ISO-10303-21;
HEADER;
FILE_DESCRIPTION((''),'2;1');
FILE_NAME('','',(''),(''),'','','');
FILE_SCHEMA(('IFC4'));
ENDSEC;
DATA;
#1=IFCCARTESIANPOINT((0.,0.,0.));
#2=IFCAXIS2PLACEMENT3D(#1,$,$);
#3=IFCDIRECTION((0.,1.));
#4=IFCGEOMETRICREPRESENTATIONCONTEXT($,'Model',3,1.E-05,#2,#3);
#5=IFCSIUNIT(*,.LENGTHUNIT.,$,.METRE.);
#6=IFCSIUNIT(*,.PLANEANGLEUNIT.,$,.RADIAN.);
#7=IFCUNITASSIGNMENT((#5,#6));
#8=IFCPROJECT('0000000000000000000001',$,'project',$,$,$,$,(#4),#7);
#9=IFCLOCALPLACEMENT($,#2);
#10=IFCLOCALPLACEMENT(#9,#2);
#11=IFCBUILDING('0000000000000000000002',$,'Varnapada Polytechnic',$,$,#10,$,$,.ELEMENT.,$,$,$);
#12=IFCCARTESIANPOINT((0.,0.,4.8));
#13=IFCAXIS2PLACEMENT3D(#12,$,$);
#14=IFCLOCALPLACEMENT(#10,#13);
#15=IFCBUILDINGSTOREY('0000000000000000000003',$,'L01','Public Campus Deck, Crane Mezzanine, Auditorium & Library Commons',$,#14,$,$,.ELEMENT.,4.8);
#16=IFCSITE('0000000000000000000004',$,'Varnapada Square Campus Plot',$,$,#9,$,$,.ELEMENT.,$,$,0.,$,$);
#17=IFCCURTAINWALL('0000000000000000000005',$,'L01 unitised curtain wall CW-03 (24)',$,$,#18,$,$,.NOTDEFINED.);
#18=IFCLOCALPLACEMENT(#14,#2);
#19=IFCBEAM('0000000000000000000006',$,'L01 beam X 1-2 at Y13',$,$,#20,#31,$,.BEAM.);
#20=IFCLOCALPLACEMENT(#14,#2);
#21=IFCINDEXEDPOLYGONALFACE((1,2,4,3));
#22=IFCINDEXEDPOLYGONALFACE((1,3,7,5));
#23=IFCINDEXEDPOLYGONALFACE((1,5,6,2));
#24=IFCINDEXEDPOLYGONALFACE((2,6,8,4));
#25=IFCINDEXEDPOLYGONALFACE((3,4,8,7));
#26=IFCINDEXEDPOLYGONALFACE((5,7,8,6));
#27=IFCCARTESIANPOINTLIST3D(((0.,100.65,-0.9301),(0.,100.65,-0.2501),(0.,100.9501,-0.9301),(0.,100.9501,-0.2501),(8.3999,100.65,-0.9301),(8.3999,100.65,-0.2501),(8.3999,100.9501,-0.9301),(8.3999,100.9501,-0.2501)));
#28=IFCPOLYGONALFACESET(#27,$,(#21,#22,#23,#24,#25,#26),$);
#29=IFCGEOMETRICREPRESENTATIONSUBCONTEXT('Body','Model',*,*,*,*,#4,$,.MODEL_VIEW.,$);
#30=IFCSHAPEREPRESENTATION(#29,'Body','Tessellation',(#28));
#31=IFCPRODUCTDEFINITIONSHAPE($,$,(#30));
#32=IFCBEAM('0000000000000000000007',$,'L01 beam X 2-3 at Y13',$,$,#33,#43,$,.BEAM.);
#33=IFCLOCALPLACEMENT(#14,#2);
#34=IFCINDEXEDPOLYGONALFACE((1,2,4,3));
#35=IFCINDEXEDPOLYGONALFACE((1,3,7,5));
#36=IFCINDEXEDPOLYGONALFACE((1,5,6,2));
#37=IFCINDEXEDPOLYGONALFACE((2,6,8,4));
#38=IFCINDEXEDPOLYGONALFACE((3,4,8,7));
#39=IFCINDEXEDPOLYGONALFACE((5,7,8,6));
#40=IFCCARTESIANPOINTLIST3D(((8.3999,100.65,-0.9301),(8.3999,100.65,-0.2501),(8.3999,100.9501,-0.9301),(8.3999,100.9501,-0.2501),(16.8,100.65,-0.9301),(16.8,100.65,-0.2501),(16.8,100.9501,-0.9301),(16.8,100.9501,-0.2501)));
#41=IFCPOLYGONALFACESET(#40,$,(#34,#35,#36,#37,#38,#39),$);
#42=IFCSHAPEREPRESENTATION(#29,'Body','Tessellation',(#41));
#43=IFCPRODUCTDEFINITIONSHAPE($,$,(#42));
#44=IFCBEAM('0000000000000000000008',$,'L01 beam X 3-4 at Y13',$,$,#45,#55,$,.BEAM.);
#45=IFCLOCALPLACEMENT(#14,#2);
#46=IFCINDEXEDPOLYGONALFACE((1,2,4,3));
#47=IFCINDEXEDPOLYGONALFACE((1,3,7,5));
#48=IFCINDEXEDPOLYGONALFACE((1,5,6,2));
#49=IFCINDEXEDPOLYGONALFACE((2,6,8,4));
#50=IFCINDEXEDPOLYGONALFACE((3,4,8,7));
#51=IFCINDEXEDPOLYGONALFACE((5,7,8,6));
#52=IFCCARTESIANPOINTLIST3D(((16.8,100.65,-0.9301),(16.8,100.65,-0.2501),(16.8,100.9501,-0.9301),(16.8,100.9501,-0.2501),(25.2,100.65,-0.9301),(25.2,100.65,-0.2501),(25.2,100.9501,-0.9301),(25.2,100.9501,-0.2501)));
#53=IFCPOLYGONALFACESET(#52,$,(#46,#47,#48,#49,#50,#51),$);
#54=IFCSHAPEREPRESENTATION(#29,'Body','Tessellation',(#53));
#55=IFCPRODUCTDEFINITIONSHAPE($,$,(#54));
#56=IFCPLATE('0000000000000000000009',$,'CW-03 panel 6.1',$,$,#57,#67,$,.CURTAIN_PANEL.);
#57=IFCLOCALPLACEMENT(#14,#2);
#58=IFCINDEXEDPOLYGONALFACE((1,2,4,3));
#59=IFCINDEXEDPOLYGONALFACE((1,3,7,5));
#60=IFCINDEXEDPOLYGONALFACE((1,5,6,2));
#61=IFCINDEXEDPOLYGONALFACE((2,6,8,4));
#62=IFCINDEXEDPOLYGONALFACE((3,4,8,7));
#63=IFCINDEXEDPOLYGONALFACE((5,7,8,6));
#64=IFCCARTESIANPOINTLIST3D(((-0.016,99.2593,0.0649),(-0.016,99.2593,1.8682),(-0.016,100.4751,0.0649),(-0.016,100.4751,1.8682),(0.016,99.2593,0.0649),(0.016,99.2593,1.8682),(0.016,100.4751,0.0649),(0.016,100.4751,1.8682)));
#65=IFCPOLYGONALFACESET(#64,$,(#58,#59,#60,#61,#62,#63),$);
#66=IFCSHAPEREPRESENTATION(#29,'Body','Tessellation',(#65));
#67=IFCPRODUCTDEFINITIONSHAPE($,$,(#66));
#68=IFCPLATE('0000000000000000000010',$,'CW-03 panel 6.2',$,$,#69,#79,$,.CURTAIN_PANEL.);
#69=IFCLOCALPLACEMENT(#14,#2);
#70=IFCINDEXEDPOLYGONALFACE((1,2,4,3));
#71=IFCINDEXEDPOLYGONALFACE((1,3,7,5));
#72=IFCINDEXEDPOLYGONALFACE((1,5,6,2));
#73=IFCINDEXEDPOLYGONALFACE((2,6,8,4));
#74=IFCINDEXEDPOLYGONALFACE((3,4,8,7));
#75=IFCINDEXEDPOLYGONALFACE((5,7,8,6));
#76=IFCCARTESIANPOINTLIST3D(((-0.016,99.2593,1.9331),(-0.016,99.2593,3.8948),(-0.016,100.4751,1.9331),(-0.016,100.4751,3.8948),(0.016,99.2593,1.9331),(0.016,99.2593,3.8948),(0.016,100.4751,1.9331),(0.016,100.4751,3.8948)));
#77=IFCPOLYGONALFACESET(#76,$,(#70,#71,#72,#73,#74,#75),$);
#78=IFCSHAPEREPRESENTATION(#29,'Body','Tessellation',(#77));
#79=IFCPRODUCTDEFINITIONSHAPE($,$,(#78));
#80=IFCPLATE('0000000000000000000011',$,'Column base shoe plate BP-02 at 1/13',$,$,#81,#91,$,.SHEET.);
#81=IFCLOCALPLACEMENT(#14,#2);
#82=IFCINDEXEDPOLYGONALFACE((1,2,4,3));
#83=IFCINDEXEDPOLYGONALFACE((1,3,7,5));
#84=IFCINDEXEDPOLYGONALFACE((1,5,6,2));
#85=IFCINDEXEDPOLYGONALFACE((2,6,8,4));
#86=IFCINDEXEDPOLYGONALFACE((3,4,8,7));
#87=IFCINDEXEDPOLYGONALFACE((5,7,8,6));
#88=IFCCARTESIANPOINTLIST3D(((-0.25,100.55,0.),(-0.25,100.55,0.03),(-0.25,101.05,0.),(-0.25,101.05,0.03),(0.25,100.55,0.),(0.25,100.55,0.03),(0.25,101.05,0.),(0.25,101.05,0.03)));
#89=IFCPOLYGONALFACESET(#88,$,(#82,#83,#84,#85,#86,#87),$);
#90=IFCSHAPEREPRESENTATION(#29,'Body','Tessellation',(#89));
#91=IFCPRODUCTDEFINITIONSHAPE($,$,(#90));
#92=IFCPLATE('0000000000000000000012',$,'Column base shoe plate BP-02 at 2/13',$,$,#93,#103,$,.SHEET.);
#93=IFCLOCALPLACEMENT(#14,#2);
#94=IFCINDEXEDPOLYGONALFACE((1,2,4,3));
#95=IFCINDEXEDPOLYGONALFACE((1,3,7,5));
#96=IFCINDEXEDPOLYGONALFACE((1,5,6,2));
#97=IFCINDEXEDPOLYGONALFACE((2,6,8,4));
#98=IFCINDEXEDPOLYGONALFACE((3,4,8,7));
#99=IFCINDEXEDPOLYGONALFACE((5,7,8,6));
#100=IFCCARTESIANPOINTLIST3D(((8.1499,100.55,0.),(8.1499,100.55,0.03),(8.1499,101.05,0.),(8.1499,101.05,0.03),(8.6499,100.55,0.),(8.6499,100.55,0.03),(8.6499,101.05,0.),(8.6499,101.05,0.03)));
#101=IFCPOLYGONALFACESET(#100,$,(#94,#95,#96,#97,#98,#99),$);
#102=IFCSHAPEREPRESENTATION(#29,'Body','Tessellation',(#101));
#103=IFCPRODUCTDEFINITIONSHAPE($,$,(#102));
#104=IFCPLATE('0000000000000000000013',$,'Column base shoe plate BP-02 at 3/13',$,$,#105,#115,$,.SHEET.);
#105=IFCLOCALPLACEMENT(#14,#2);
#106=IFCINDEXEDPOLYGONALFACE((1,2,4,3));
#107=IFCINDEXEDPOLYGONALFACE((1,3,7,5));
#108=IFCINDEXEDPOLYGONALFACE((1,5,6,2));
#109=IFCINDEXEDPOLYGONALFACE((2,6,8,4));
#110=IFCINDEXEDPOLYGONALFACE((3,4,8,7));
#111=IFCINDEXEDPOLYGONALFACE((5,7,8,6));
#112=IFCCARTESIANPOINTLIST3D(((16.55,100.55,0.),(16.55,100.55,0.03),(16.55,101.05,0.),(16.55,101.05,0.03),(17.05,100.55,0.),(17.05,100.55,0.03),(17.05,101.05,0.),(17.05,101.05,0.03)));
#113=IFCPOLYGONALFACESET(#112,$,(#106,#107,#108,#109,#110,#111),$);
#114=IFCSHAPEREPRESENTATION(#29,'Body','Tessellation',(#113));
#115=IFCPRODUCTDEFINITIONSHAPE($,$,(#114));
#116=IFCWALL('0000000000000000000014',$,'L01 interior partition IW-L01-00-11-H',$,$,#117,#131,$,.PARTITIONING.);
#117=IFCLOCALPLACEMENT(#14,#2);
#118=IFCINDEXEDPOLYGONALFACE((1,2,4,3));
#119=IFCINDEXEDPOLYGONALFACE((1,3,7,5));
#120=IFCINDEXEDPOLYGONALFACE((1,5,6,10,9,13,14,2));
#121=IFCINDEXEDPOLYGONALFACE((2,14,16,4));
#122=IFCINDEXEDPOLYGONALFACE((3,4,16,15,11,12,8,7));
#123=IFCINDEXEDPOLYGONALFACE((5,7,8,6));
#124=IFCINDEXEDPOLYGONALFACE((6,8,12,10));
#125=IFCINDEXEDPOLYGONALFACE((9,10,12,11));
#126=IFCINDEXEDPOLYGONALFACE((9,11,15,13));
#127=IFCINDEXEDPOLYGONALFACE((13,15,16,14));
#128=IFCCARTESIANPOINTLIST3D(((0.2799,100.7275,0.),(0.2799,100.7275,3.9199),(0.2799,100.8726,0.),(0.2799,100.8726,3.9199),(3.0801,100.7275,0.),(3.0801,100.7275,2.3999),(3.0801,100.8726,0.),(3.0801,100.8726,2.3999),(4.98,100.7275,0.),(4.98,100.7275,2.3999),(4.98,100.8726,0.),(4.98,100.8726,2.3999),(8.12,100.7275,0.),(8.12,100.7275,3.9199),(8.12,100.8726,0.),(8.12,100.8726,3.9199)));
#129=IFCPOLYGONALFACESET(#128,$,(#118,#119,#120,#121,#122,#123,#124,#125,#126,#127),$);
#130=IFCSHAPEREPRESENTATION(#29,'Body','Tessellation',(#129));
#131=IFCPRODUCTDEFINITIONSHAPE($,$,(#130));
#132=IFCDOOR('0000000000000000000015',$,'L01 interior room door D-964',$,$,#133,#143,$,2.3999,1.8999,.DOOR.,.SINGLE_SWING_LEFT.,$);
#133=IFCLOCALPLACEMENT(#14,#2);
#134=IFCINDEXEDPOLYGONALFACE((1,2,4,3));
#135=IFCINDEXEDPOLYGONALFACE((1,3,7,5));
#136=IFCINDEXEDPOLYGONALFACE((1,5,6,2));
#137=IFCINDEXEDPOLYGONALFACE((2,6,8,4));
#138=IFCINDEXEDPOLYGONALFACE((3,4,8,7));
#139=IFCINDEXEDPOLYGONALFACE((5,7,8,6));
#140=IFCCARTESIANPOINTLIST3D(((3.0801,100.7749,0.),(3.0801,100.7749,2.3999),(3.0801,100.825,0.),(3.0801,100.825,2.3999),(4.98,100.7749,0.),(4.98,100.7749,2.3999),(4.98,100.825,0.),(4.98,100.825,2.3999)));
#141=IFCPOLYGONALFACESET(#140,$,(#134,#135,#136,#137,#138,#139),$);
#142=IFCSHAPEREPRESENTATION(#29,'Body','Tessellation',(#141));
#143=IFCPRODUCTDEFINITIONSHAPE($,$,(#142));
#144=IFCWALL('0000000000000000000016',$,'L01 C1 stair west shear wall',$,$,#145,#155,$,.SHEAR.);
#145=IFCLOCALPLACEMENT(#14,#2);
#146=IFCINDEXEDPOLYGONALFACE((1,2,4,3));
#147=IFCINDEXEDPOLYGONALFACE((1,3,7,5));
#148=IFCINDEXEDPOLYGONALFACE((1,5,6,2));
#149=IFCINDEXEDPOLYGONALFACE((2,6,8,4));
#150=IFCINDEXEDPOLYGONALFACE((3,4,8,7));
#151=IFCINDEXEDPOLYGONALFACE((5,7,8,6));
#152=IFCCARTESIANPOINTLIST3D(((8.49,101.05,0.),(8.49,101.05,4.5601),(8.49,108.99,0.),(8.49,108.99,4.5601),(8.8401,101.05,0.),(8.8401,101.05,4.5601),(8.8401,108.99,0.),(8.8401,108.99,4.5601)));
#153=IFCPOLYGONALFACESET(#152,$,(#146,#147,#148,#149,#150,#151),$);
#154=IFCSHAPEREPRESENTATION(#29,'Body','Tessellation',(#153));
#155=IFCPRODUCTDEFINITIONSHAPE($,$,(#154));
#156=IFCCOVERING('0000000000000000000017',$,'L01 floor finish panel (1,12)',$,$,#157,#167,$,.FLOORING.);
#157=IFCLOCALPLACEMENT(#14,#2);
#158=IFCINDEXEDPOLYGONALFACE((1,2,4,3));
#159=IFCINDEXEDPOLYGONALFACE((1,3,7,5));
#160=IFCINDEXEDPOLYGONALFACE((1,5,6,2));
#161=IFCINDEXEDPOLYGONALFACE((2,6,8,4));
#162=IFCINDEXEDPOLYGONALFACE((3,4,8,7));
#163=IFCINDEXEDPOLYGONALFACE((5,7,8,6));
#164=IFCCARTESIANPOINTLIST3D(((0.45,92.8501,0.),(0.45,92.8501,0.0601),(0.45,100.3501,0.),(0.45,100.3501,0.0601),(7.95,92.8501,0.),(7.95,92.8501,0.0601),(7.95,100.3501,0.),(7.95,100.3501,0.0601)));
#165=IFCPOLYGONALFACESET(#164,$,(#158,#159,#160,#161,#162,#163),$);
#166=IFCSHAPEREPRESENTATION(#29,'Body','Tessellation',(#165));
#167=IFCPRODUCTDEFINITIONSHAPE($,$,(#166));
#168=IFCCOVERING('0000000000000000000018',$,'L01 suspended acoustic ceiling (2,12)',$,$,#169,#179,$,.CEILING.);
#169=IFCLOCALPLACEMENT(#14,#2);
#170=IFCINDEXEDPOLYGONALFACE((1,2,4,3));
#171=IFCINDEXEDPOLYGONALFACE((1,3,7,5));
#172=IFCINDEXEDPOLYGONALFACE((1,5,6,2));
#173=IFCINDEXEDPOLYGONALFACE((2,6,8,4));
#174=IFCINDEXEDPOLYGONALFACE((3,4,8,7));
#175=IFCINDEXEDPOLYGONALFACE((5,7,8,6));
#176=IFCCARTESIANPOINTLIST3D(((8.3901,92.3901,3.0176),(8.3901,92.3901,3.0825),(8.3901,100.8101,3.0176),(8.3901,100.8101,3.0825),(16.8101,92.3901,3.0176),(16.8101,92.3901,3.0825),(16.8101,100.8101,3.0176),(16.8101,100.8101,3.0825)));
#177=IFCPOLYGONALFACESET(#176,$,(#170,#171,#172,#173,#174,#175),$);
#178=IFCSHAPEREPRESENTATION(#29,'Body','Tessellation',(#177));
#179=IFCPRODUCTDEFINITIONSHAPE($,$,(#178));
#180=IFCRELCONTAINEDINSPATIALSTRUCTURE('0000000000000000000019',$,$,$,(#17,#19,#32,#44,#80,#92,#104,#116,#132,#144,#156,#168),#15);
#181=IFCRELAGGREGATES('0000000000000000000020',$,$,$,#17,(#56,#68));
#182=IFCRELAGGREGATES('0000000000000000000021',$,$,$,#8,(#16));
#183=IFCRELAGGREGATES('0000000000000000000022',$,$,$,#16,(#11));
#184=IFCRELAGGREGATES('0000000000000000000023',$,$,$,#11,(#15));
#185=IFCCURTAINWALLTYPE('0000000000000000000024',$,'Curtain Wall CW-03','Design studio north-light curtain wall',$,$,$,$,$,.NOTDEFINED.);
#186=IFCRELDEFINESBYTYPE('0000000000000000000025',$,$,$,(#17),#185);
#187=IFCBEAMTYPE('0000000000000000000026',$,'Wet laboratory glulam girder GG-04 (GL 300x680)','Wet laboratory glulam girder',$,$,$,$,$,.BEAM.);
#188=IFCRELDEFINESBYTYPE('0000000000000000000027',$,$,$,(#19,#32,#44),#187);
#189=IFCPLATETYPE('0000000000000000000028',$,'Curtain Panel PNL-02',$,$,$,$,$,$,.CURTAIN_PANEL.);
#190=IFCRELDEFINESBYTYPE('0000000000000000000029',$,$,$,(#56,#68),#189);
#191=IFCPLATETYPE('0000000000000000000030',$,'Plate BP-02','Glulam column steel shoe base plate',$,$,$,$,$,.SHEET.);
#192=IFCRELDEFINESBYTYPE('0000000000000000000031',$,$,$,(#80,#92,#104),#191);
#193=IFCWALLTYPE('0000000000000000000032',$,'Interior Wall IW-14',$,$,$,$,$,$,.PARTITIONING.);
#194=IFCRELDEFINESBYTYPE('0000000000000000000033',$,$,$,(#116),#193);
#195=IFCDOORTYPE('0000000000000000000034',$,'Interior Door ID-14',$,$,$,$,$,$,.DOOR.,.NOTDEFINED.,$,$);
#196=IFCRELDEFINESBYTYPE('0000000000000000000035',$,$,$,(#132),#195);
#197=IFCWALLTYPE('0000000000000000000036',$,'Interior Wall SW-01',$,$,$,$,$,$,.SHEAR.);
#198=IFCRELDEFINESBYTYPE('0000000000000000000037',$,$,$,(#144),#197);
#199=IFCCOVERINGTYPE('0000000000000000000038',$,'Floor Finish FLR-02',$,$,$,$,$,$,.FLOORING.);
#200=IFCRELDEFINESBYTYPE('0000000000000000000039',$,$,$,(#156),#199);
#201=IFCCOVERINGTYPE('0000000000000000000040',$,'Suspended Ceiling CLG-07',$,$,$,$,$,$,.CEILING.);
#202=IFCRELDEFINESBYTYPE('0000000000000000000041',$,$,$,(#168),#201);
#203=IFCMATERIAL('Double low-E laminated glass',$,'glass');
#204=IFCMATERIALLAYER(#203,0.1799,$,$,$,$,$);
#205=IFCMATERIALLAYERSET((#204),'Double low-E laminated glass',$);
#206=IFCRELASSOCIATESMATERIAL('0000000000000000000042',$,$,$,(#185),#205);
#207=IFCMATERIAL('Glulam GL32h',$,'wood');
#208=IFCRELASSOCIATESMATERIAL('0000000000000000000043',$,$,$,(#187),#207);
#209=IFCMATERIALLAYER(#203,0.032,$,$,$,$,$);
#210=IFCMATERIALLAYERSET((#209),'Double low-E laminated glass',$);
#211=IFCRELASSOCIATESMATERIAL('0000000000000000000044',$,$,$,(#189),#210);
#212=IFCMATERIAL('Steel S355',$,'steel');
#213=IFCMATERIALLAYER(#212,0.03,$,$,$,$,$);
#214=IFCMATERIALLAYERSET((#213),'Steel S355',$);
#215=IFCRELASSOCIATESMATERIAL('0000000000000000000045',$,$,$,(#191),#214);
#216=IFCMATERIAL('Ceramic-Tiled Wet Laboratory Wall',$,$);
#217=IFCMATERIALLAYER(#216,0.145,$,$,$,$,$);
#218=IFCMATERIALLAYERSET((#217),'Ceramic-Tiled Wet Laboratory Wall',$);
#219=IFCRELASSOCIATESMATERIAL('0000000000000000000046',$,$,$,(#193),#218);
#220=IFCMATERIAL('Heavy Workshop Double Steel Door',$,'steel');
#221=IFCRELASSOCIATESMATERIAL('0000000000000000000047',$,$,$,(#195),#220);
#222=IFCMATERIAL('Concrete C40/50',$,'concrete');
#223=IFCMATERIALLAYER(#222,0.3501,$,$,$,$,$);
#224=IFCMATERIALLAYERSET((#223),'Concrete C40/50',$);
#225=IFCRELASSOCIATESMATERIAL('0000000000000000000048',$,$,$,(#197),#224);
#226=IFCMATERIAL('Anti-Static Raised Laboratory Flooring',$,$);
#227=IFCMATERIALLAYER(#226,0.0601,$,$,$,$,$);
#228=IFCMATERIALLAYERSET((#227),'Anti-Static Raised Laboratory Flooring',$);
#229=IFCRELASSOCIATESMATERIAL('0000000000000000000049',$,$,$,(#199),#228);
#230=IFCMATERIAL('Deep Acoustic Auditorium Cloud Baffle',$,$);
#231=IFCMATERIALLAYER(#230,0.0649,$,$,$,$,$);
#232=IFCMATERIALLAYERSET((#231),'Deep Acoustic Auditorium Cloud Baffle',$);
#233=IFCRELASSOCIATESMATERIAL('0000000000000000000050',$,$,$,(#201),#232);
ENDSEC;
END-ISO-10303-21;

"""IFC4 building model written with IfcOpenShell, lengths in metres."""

from ifc_helpers import new_model, si_unit, direction, frame, frame_2d, origin, origin_2d, place, context, subcontext, project, spatial, rectangle, extrude, material, layer, layer_set, material_profile, profile_set, type_object, element, fill, aggregate, save


model = new_model("IFC4")

# Units and contexts
model_context = context("Model", 3, precision=1e-05, world=origin(), true_north=direction((0.0, 1.0)))
body_context = subcontext(model_context, "Body", "Model", "MODEL_VIEW")
ifc_project = project(units=[si_unit("LENGTHUNIT", "METRE"), si_unit("PLANEANGLEUNIT", "RADIAN")], contexts=[model_context])

# Site, building, storey
site_placement = place(None, origin())
site = spatial("IfcSite", under=ifc_project, at=site_placement, Name="Varnapada Square Campus Plot", CompositionType="ELEMENT", RefElevation=0.0)
building_placement = place(site_placement, origin())
building = spatial("IfcBuilding", under=site, at=building_placement, Name="Varnapada Polytechnic", CompositionType="ELEMENT")
storey_placement = place(building_placement, frame((0.0, 0.0, 4.8)))
storey = spatial("IfcBuildingStorey", under=building, at=storey_placement, Name="L01", Description="Public Campus Deck, Crane Mezzanine, Auditorium & Library Commons", CompositionType="ELEMENT", Elevation=4.8)

# Shared definitions
ifc_material_1 = material(Name="Glulam GL32h", Category="wood")

# Curtain wall
ifc_material_2 = material(Name="Double low-E laminated glass", Category="glass")
ifc_layer_1 = layer(ifc_material_2, 0.1799)
ifc_layer_set_1 = layer_set([ifc_layer_1], Name="Double low-E laminated glass")
curtain_wall_type = type_object("IfcCurtainWallType", Name="Curtain Wall CW-03", Description="Design studio north-light curtain wall", PredefinedType="NOTDEFINED", material=ifc_layer_set_1)
curtain_wall_placement = place(storey_placement, origin())
curtain_wall = element("IfcCurtainWall", 1, at=curtain_wall_placement, inside=storey, type_object=curtain_wall_type, Name="L01 unitised curtain wall CW-03 (24)", PredefinedType="NOTDEFINED")

# Beams
ifc_material_profile_1 = material_profile(ifc_material_1, rectangle(XDim=0.3, YDim=0.6799, at=origin_2d()), Name="GL 300x680")
ifc_profile_set_1 = profile_set([ifc_material_profile_1], Name="Glulam GL32h")
beam_type_1 = type_object("IfcBeamType", Name="Wet laboratory glulam girder GG-04 (GL 300x680)", Description="Wet laboratory glulam girder", PredefinedType="BEAM", material=ifc_profile_set_1)
beam_1_placement = place(storey_placement, frame((0.0, 100.8, -0.5901), z_axis=(1.0, 0.0, 0.0), x_axis=(0.0, 1.0, 0.0)))
element("IfcBeam", 2, at=beam_1_placement, inside=storey, type_object=beam_type_1, Name="L01 beam X 1-2 at Y13", PredefinedType="BEAM", context=body_context, shape_type="SweptSolid", body=[
    extrude(rectangle(XDim=0.3, YDim=0.6799, at=origin_2d()), origin(), (0.0, 0.0, 1.0), 8.3999),
])
beam_2_placement = place(storey_placement, frame((8.3999, 100.8, -0.5901), z_axis=(1.0, 0.0, 0.0), x_axis=(0.0, 1.0, 0.0)))
element("IfcBeam", 3, at=beam_2_placement, inside=storey, type_object=beam_type_1, Name="L01 beam X 2-3 at Y13", PredefinedType="BEAM", context=body_context, shape_type="SweptSolid", body=[
    extrude(rectangle(XDim=0.3, YDim=0.6799, at=origin_2d()), origin(), (0.0, 0.0, 1.0), 8.4001),
])
beam_3_placement = place(storey_placement, frame((16.8, 100.8, -0.5901), z_axis=(1.0, 0.0, 0.0), x_axis=(0.0, 1.0, 0.0)))
element("IfcBeam", 4, at=beam_3_placement, inside=storey, type_object=beam_type_1, Name="L01 beam X 3-4 at Y13", PredefinedType="BEAM", context=body_context, shape_type="SweptSolid", body=[
    extrude(rectangle(XDim=0.3, YDim=0.6799, at=origin_2d()), origin(), (0.0, 0.0, 1.0), 8.3999),
])

# Plates
ifc_layer_2 = layer(ifc_material_2, 0.032)
ifc_layer_set_2 = layer_set([ifc_layer_2], Name="Double low-E laminated glass")
plate_type_1 = type_object("IfcPlateType", Name="Curtain Panel PNL-02", PredefinedType="CURTAIN_PANEL", material=ifc_layer_set_2)
plate_1_placement = place(storey_placement, frame((0.0, 99.8672, 0.0649), z_axis=(0.0, 0.0, 1.0), x_axis=(0.0, 1.0, 0.0)))
plate_1 = element("IfcPlate", 5, at=plate_1_placement, type_object=plate_type_1, Name="CW-03 panel 6.1", PredefinedType="CURTAIN_PANEL", context=body_context, shape_type="SweptSolid", body=[
    extrude(rectangle(XDim=1.2158, YDim=0.032, at=origin_2d()), origin(), (0.0, 0.0, 1.0), 1.8032),
])
plate_2_placement = place(storey_placement, frame((0.0, 99.8672, 1.9331), z_axis=(0.0, 0.0, 1.0), x_axis=(0.0, 1.0, 0.0)))
plate_2 = element("IfcPlate", 6, at=plate_2_placement, type_object=plate_type_1, Name="CW-03 panel 6.2", PredefinedType="CURTAIN_PANEL", context=body_context, shape_type="SweptSolid", body=[
    extrude(rectangle(XDim=1.2158, YDim=0.032, at=origin_2d()), origin(), (0.0, 0.0, 1.0), 1.9617),
])
aggregate(curtain_wall, [plate_1, plate_2])

# Plates
ifc_material_3 = material(Name="Steel S355", Category="steel")
ifc_layer_3 = layer(ifc_material_3, 0.03)
ifc_layer_set_3 = layer_set([ifc_layer_3], Name="Steel S355")
plate_type_2 = type_object("IfcPlateType", Name="Plate BP-02", Description="Glulam column steel shoe base plate", PredefinedType="SHEET", material=ifc_layer_set_3)
for number, where, z_axis, x_axis, name in (
    (7, (0.0, 100.8, 0.0), (0.0, 0.0, 1.0), (1.0, 0.0, 0.0), "Column base shoe plate BP-02 at 1/13"),
    (8, (8.3999, 100.8, 0.0), (0.0, 0.0, 1.0), (1.0, 0.0, 0.0), "Column base shoe plate BP-02 at 2/13"),
    (9, (16.8, 100.8, 0.0), (0.0, 0.0, 1.0), (1.0, 0.0, 0.0), "Column base shoe plate BP-02 at 3/13"),
):
    element("IfcPlate", number, at=place(storey_placement, frame(where, z_axis=z_axis, x_axis=x_axis)), inside=storey, type_object=plate_type_2, Name=name, PredefinedType="SHEET", context=body_context, shape_type="SweptSolid", body=[
        extrude(rectangle(XDim=0.5, YDim=0.5, at=origin_2d()), origin(), (0.0, 0.0, 1.0), 0.03),
    ])

# Wall, opening, door
ifc_material_4 = material(Name="Ceramic-Tiled Wet Laboratory Wall")
ifc_layer_4 = layer(ifc_material_4, 0.145)
ifc_layer_set_4 = layer_set([ifc_layer_4], Name="Ceramic-Tiled Wet Laboratory Wall")
wall_type_1 = type_object("IfcWallType", Name="Interior Wall IW-14", PredefinedType="PARTITIONING", material=ifc_layer_set_4)
wall_1_placement = place(storey_placement, frame((0.28, 100.8, 0.0), z_axis=(0.0, 0.0, 1.0), x_axis=(1.0, 0.0, 0.0)))
wall_1 = element("IfcWall", 10, at=wall_1_placement, inside=storey, type_object=wall_type_1, Name="L01 interior partition IW-L01-00-11-H", PredefinedType="PARTITIONING", context=body_context, shape_type="SweptSolid", body=[
    extrude(rectangle(XDim=7.8401, YDim=0.145, at=frame_2d((3.9199, 0.0))), origin(), (0.0, 0.0, 1.0), 3.9199),
])
opening_placement = place(wall_1_placement, frame((2.8, 0.0, 0.0)))
opening = element("IfcOpeningElement", 11, at=opening_placement, cuts=wall_1, PredefinedType="OPENING", context=body_context, shape_type="SweptSolid", body=[
    extrude(rectangle(XDim=1.8999, YDim=2.3999, at=frame_2d((0.95, 1.2))), frame((0.0, 0.0825, 0.0), z_axis=(0.0, -1.0, 0.0), x_axis=(1.0, 0.0, 0.0)), (0.0, 0.0, 1.0), 0.165),
])
ifc_material_5 = material(Name="Heavy Workshop Double Steel Door", Category="steel")
door_type = type_object("IfcDoorType", Name="Interior Door ID-14", OperationType="NOTDEFINED", PredefinedType="DOOR", material=ifc_material_5)
door_placement = place(opening_placement, origin())
door = element("IfcDoor", 12, at=door_placement, inside=storey, type_object=door_type, Name="L01 interior room door D-964", OperationType="SINGLE_SWING_LEFT", OverallHeight=2.3999, OverallWidth=1.8999, PredefinedType="DOOR", context=body_context, shape_type="SweptSolid", body=[
    extrude(rectangle(XDim=1.8999, YDim=2.3999, at=frame_2d((0.95, 1.2))), frame((0.0, 0.0249, 0.0), z_axis=(0.0, -1.0, 0.0), x_axis=(1.0, 0.0, 0.0)), (0.0, 0.0, 1.0), 0.05),
])
fill(opening, door)

# Wall
ifc_material_6 = material(Name="Concrete C40/50", Category="concrete")
ifc_layer_5 = layer(ifc_material_6, 0.3501)
ifc_layer_set_5 = layer_set([ifc_layer_5], Name="Concrete C40/50")
wall_type_2 = type_object("IfcWallType", Name="Interior Wall SW-01", PredefinedType="SHEAR", material=ifc_layer_set_5)
wall_2_placement = place(storey_placement, frame((8.665, 101.05, 0.0), z_axis=(0.0, 0.0, 1.0), x_axis=(0.0, 1.0, 0.0)))
element("IfcWall", 13, at=wall_2_placement, inside=storey, type_object=wall_type_2, Name="L01 C1 stair west shear wall", PredefinedType="SHEAR", context=body_context, shape_type="SweptSolid", body=[
    extrude(rectangle(XDim=7.9399, YDim=0.3501, at=frame_2d((3.97, 0.0))), origin(), (0.0, 0.0, 1.0), 4.5601),
])

# Coverings
ifc_material_7 = material(Name="Anti-Static Raised Laboratory Flooring")
ifc_layer_6 = layer(ifc_material_7, 0.0601)
ifc_layer_set_6 = layer_set([ifc_layer_6], Name="Anti-Static Raised Laboratory Flooring")
covering_type_1 = type_object("IfcCoveringType", Name="Floor Finish FLR-02", PredefinedType="FLOORING", material=ifc_layer_set_6)
covering_1_placement = place(storey_placement, frame((4.2, 96.6001, 0.0), z_axis=(0.0, 0.0, 1.0), x_axis=(1.0, 0.0, 0.0)))
element("IfcCovering", 14, at=covering_1_placement, inside=storey, type_object=covering_type_1, Name="L01 floor finish panel (1,12)", PredefinedType="FLOORING", context=body_context, shape_type="SweptSolid", body=[
    extrude(rectangle(XDim=7.5, YDim=7.5, at=origin_2d()), origin(), (0.0, 0.0, 1.0), 0.0601),
])
ifc_material_8 = material(Name="Deep Acoustic Auditorium Cloud Baffle")
ifc_layer_7 = layer(ifc_material_8, 0.0649)
ifc_layer_set_7 = layer_set([ifc_layer_7], Name="Deep Acoustic Auditorium Cloud Baffle")
covering_type_2 = type_object("IfcCoveringType", Name="Suspended Ceiling CLG-07", PredefinedType="CEILING", material=ifc_layer_set_7)
covering_2_placement = place(storey_placement, frame((12.6001, 96.6001, 3.0176), z_axis=(0.0, 0.0, 1.0), x_axis=(1.0, 0.0, 0.0)))
element("IfcCovering", 15, at=covering_2_placement, inside=storey, type_object=covering_type_2, Name="L01 suspended acoustic ceiling (2,12)", PredefinedType="CEILING", context=body_context, shape_type="SweptSolid", body=[
    extrude(rectangle(XDim=8.4199, YDim=8.4199, at=origin_2d()), origin(), (0.0, 0.0, 1.0), 0.0649),
])

save(model, "model.ifc")
